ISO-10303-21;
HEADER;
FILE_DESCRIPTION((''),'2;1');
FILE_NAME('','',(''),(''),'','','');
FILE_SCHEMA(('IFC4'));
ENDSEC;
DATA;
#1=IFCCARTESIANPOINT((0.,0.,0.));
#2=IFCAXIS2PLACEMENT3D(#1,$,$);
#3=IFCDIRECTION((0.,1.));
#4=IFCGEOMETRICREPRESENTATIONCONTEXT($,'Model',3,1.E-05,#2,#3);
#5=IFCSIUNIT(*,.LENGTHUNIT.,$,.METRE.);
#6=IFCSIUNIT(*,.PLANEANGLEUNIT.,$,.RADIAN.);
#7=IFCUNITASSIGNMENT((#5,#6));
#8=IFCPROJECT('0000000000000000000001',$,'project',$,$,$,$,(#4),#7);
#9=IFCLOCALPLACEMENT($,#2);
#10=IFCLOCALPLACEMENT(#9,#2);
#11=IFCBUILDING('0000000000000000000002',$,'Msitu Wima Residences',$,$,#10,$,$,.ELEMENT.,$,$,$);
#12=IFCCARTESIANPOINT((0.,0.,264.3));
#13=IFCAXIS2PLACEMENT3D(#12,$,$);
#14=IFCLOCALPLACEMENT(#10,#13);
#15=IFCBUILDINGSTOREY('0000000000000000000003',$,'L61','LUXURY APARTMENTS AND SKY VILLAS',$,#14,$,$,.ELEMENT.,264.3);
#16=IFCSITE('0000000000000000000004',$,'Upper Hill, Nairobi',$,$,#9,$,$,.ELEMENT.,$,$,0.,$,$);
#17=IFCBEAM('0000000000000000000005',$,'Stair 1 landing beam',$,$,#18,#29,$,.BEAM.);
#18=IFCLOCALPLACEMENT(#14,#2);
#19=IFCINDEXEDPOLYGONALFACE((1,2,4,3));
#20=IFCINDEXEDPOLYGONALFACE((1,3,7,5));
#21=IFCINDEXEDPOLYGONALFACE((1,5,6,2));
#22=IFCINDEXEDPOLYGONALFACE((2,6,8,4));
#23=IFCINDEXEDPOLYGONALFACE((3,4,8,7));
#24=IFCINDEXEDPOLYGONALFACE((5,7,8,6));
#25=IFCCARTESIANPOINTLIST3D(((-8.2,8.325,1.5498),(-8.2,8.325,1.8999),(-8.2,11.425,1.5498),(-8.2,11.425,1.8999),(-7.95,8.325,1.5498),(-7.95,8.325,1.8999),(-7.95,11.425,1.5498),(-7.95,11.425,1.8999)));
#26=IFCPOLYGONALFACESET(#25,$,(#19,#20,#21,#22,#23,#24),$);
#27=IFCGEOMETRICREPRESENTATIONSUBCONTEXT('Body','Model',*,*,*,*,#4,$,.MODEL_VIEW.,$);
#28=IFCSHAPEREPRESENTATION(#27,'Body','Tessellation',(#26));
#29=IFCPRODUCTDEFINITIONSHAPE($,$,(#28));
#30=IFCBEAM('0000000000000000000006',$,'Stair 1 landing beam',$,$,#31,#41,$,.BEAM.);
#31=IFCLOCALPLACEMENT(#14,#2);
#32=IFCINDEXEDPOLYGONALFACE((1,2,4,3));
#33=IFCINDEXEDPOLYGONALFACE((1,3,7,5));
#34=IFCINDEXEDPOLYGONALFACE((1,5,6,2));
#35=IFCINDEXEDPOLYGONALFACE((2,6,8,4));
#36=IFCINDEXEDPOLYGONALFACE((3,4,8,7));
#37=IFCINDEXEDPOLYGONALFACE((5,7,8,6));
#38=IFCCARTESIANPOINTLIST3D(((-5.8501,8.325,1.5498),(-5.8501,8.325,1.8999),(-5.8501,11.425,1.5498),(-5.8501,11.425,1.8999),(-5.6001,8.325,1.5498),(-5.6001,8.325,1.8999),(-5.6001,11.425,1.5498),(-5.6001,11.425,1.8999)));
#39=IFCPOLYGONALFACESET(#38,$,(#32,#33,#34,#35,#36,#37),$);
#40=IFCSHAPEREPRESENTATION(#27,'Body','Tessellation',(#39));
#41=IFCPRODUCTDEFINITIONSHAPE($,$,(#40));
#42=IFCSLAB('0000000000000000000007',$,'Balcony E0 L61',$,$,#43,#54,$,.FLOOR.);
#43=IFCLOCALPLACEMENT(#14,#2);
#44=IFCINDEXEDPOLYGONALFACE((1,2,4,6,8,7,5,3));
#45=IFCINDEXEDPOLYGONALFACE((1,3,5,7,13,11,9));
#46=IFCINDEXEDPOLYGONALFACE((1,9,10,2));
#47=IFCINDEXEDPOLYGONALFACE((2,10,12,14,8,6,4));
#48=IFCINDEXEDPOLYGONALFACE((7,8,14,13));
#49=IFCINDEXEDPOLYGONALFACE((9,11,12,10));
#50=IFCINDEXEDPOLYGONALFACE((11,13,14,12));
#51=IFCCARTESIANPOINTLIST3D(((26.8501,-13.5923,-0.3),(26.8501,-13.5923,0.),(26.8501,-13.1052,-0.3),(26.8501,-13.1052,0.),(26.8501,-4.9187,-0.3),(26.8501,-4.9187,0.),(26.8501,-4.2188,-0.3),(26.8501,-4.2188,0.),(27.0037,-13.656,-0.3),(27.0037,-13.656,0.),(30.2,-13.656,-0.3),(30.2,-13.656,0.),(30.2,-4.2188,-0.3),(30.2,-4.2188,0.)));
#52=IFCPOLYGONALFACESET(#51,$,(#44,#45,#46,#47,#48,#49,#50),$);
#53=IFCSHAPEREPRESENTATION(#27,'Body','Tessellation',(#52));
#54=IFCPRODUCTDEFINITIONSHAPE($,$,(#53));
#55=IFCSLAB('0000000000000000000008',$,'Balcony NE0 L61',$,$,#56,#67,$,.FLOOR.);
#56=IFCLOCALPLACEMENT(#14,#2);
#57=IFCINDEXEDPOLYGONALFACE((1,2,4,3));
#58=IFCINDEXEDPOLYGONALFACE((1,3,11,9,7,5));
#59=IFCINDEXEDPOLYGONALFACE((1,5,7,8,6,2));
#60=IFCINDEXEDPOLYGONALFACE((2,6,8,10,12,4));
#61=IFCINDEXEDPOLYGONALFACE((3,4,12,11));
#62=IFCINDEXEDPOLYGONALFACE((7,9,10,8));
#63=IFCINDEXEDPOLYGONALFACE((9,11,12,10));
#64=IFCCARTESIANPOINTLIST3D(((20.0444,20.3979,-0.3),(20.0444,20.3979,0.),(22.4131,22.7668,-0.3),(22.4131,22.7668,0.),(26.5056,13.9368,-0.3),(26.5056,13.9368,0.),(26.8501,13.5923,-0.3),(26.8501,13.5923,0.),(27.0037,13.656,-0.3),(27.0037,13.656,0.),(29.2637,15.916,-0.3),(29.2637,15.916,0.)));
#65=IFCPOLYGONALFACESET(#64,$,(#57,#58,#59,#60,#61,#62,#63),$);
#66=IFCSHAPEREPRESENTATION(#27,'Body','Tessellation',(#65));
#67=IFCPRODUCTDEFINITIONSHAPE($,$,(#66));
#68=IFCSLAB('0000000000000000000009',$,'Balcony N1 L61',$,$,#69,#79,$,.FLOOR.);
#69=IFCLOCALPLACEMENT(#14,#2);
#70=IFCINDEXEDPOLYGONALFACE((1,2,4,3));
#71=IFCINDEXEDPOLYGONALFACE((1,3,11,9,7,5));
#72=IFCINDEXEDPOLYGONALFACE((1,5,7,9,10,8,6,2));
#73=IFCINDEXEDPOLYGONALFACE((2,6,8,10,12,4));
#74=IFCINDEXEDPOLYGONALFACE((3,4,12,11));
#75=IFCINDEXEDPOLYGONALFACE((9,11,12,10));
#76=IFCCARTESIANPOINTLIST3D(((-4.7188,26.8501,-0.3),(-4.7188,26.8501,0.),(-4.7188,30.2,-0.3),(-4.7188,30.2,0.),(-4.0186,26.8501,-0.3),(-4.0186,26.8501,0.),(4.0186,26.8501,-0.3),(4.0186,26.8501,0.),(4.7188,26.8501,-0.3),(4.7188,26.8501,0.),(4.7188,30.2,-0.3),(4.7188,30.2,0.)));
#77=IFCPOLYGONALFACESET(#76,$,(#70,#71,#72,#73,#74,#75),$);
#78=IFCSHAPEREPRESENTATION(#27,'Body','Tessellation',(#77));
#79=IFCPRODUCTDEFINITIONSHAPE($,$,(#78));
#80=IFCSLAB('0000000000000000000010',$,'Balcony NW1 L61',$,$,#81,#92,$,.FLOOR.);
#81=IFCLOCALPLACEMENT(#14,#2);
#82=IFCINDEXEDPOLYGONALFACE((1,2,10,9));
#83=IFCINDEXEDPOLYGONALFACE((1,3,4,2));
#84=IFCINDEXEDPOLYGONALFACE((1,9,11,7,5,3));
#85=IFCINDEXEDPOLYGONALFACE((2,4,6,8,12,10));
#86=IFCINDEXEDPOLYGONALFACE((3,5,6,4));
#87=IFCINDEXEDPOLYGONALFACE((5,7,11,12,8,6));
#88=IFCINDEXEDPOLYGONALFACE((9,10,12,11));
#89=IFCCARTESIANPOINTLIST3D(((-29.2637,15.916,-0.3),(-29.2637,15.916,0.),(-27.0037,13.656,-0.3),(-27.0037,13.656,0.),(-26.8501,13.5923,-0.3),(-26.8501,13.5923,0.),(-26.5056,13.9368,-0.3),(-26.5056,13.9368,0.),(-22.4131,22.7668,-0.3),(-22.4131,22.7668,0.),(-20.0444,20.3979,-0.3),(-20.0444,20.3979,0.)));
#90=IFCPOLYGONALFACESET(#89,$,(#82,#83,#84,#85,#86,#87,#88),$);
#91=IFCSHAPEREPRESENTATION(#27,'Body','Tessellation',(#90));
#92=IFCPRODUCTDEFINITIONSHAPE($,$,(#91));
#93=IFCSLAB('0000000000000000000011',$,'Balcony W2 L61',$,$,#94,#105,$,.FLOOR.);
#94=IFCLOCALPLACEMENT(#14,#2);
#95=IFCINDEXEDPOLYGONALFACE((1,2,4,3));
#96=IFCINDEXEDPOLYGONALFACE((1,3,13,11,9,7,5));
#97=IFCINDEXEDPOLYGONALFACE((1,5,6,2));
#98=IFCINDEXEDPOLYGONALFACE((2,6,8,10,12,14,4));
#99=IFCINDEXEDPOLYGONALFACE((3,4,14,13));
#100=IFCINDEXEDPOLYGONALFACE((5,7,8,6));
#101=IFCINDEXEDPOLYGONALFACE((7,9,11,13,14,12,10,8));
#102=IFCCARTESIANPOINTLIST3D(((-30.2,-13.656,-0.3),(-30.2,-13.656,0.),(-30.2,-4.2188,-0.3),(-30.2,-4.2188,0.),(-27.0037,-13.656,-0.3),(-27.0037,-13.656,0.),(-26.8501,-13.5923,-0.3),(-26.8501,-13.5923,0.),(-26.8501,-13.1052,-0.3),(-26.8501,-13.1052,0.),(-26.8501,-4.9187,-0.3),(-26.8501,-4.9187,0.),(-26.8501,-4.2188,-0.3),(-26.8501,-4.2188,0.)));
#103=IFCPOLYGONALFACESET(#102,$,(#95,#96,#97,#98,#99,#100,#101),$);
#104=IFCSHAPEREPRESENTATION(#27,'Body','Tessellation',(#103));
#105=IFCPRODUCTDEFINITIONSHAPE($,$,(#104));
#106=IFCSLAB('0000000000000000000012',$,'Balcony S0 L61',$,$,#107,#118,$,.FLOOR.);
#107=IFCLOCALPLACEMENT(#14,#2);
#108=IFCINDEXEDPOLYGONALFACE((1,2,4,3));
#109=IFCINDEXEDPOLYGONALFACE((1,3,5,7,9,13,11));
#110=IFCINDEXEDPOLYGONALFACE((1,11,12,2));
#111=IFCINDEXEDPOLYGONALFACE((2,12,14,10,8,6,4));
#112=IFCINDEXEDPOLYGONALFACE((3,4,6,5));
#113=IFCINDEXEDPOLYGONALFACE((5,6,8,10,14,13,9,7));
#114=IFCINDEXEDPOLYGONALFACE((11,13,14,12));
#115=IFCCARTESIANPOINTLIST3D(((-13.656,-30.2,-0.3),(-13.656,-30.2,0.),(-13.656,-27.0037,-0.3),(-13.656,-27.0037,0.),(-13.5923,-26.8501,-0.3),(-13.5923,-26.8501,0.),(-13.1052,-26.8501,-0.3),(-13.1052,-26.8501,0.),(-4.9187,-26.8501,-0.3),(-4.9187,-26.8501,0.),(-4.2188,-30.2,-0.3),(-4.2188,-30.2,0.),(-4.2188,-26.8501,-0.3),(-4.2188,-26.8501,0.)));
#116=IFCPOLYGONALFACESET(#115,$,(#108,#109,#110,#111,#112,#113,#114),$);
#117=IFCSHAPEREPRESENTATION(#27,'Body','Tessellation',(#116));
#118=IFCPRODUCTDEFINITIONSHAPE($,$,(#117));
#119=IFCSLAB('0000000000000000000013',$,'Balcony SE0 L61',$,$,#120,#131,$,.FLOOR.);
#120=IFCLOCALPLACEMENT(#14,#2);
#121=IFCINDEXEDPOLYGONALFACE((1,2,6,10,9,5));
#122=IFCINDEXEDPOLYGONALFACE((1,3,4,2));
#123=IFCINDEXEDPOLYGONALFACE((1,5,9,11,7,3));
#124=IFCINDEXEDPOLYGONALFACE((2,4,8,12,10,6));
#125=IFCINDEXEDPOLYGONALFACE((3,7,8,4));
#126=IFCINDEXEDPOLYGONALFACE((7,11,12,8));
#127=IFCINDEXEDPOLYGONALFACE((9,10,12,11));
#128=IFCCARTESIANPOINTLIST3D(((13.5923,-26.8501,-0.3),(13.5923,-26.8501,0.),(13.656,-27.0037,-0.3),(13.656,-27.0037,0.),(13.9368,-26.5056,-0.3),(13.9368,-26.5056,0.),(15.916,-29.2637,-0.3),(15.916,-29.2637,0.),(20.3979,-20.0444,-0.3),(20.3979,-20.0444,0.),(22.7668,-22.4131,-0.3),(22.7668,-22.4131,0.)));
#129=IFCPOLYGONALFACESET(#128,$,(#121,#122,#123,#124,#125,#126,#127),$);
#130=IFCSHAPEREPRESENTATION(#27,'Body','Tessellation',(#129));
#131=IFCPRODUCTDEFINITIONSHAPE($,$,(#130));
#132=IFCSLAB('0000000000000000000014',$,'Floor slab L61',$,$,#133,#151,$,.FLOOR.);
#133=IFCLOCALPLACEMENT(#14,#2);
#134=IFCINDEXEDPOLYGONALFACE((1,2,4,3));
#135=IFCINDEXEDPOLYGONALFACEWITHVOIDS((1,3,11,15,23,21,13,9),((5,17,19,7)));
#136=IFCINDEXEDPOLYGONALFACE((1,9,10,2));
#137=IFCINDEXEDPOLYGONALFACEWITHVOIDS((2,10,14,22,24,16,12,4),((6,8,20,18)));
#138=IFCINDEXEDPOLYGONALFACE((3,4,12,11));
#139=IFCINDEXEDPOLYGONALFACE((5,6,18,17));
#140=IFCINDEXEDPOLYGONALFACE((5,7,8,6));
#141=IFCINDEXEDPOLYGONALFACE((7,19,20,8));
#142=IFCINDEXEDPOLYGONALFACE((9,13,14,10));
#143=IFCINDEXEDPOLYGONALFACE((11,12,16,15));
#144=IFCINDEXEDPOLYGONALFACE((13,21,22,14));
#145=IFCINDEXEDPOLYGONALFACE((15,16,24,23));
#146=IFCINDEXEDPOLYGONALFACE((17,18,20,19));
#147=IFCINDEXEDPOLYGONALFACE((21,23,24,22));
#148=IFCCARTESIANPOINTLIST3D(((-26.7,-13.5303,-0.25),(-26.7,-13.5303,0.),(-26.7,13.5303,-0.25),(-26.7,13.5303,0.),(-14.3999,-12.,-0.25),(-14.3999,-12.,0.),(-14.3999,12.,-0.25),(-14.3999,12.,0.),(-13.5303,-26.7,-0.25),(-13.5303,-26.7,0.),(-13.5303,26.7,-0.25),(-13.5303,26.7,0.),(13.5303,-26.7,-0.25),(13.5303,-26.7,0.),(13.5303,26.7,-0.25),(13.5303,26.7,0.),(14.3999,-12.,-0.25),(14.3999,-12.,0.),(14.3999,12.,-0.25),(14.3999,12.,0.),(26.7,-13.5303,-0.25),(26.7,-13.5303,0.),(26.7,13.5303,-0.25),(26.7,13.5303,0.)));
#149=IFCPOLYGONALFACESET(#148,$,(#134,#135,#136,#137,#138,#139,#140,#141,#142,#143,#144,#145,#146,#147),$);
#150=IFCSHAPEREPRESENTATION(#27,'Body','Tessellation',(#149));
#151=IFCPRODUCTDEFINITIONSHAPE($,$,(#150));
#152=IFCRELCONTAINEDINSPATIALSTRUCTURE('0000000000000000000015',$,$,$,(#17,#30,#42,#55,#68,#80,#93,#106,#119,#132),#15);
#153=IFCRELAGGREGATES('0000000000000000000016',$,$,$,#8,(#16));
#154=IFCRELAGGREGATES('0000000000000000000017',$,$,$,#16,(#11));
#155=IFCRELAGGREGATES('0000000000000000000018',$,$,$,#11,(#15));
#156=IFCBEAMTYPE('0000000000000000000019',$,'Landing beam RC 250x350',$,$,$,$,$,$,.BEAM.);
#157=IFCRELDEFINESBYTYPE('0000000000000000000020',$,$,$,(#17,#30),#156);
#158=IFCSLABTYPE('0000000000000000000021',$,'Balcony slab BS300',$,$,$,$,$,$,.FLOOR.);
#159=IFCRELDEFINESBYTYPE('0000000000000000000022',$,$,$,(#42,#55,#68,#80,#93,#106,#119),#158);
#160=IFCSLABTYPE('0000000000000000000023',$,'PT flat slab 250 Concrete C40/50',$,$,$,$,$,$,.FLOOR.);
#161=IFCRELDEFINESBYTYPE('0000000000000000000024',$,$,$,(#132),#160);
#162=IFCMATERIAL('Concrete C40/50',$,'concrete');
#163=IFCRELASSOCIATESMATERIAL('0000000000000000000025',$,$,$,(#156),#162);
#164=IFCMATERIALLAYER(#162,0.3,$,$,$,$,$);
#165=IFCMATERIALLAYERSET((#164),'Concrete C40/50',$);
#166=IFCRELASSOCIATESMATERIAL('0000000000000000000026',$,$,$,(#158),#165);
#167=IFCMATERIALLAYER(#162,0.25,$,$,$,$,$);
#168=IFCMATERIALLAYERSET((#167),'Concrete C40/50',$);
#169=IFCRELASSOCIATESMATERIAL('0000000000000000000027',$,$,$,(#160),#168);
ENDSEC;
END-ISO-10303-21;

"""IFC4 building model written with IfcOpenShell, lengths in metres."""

from ifc_helpers import new_model, si_unit, direction, frame, origin, origin_2d, place, context, subcontext, project, spatial, polyline, rectangle, outline, extrude, material, layer, layer_set, material_profile, profile_set, type_object, element, save


model = new_model("IFC4")

# Units and contexts
model_context = context("Model", 3, precision=1e-05, world=origin(), true_north=direction((0.0, 1.0)))
body_context = subcontext(model_context, "Body", "Model", "MODEL_VIEW")
ifc_project = project(units=[si_unit("LENGTHUNIT", "METRE"), si_unit("PLANEANGLEUNIT", "RADIAN")], contexts=[model_context])

# Site, building, storey
site_placement = place(None, origin())
site = spatial("IfcSite", under=ifc_project, at=site_placement, Name="Upper Hill, Nairobi", CompositionType="ELEMENT", RefElevation=0.0)
building_placement = place(site_placement, origin())
building = spatial("IfcBuilding", under=site, at=building_placement, Name="Msitu Wima Residences", CompositionType="ELEMENT")
storey_placement = place(building_placement, frame((0.0, 0.0, 264.3)))
storey = spatial("IfcBuildingStorey", under=building, at=storey_placement, Name="L61", Description="LUXURY APARTMENTS AND SKY VILLAS", CompositionType="ELEMENT", Elevation=264.3)

# Beams
ifc_material_1 = material(Name="Concrete C40/50", Category="concrete")
ifc_material_profile = material_profile(ifc_material_1, rectangle(XDim=0.25, YDim=0.3501, at=origin_2d()), Name="RC 250x350")
ifc_profile_set = profile_set([ifc_material_profile], Name="Concrete C40/50")
beam_type = type_object("IfcBeamType", Name="Landing beam RC 250x350", PredefinedType="BEAM", material=ifc_profile_set)
for number, where, z_axis, x_axis, name in (
    (1, (-8.075, 8.325, 1.7249), (0.0, 1.0, 0.0), (-1.0, 0.0, 0.0), "Stair 1 landing beam"),
    (2, (-5.7251, 8.325, 1.7249), (0.0, 1.0, 0.0), (-1.0, 0.0, 0.0), "Stair 1 landing beam"),
):
    element("IfcBeam", number, at=place(storey_placement, frame(where, z_axis=z_axis, x_axis=x_axis)), inside=storey, type_object=beam_type, Name=name, PredefinedType="BEAM", context=body_context, shape_type="SweptSolid", body=[
        extrude(rectangle(XDim=0.25, YDim=0.3501, at=origin_2d()), origin(), (0.0, 0.0, 1.0), 3.1001),
    ])

# Slabs
ifc_layer_1 = layer(ifc_material_1, 0.3)
ifc_layer_set_1 = layer_set([ifc_layer_1], Name="Concrete C40/50")
slab_type_1 = type_object("IfcSlabType", Name="Balcony slab BS300", PredefinedType="FLOOR", material=ifc_layer_set_1)
slab_1_placement = place(storey_placement, frame((0.0, 0.0, -0.3)))
element("IfcSlab", 3, at=slab_1_placement, inside=storey, type_object=slab_type_1, Name="Balcony E0 L61", PredefinedType="FLOOR", context=body_context, shape_type="SweptSolid", body=[
    extrude(outline(polyline([(26.8501, -13.1052), (26.8501, -13.1052), (26.8501, -4.9187), (26.8501, -4.2188), (30.2, -4.2188), (30.2, -13.656), (27.0037, -13.656), (26.8501, -13.5923), (26.8501, -13.1052), (26.8501, -13.1052)])), origin(), (0.0, 0.0, 1.0), 0.3),
])
slab_2_placement = place(storey_placement, frame((0.0, 0.0, -0.3)))
element("IfcSlab", 4, at=slab_2_placement, inside=storey, type_object=slab_type_1, Name="Balcony NE0 L61", PredefinedType="FLOOR", context=body_context, shape_type="SweptSolid", body=[
    extrude(outline(polyline([(26.5056, 13.9368), (26.5056, 13.9368), (20.0444, 20.3979), (22.4131, 22.7668), (29.2637, 15.916), (27.0037, 13.656), (26.8501, 13.5923), (26.5056, 13.9368), (26.5056, 13.9368)])), origin(), (0.0, 0.0, 1.0), 0.3),
])
slab_3_placement = place(storey_placement, frame((0.0, 0.0, -0.3)))
element("IfcSlab", 5, at=slab_3_placement, inside=storey, type_object=slab_type_1, Name="Balcony N1 L61", PredefinedType="FLOOR", context=body_context, shape_type="SweptSolid", body=[
    extrude(outline(polyline([(4.0186, 26.8501), (-4.0186, 26.8501), (-4.7188, 26.8501), (-4.7188, 30.2), (4.7188, 30.2), (4.7188, 26.8501), (4.0186, 26.8501)])), origin(), (0.0, 0.0, 1.0), 0.3),
])
slab_4_placement = place(storey_placement, frame((0.0, 0.0, -0.3)))
element("IfcSlab", 6, at=slab_4_placement, inside=storey, type_object=slab_type_1, Name="Balcony NW1 L61", PredefinedType="FLOOR", context=body_context, shape_type="SweptSolid", body=[
    extrude(outline(polyline([(-26.5056, 13.9368), (-26.5056, 13.9368), (-26.8501, 13.5923), (-27.0037, 13.656), (-29.2637, 15.916), (-22.4131, 22.7668), (-20.0444, 20.3979), (-26.5056, 13.9368), (-26.5056, 13.9368)])), origin(), (0.0, 0.0, 1.0), 0.3),
])
slab_5_placement = place(storey_placement, frame((0.0, 0.0, -0.3)))
element("IfcSlab", 7, at=slab_5_placement, inside=storey, type_object=slab_type_1, Name="Balcony W2 L61", PredefinedType="FLOOR", context=body_context, shape_type="SweptSolid", body=[
    extrude(outline(polyline([(-26.8501, -13.1052), (-26.8501, -13.1052), (-26.8501, -13.1052), (-26.8501, -13.5923), (-27.0037, -13.656), (-30.2, -13.656), (-30.2, -4.2188), (-26.8501, -4.2188), (-26.8501, -4.9187), (-26.8501, -13.1052)])), origin(), (0.0, 0.0, 1.0), 0.3),
])
slab_6_placement = place(storey_placement, frame((0.0, 0.0, -0.3)))
element("IfcSlab", 8, at=slab_6_placement, inside=storey, type_object=slab_type_1, Name="Balcony S0 L61", PredefinedType="FLOOR", context=body_context, shape_type="SweptSolid", body=[
    extrude(outline(polyline([(-13.1052, -26.8501), (-13.1052, -26.8501), (-4.9187, -26.8501), (-4.2188, -26.8501), (-4.2188, -30.2), (-13.656, -30.2), (-13.656, -27.0037), (-13.5923, -26.8501), (-13.1052, -26.8501), (-13.1052, -26.8501)])), origin(), (0.0, 0.0, 1.0), 0.3),
])
slab_7_placement = place(storey_placement, frame((0.0, 0.0, -0.3)))
element("IfcSlab", 9, at=slab_7_placement, inside=storey, type_object=slab_type_1, Name="Balcony SE0 L61", PredefinedType="FLOOR", context=body_context, shape_type="SweptSolid", body=[
    extrude(outline(polyline([(13.9368, -26.5056), (13.9368, -26.5056), (20.3979, -20.0444), (22.7668, -22.4131), (15.916, -29.2637), (13.656, -27.0037), (13.5923, -26.8501), (13.9368, -26.5056), (13.9368, -26.5056)])), origin(), (0.0, 0.0, 1.0), 0.3),
])
ifc_layer_2 = layer(ifc_material_1, 0.25)
ifc_layer_set_2 = layer_set([ifc_layer_2], Name="Concrete C40/50")
slab_type_2 = type_object("IfcSlabType", Name="PT flat slab 250 Concrete C40/50", PredefinedType="FLOOR", material=ifc_layer_set_2)
slab_8_placement = place(storey_placement, frame((0.0, 0.0, -0.25)))
element("IfcSlab", 10, at=slab_8_placement, inside=storey, type_object=slab_type_2, Name="Floor slab L61", PredefinedType="FLOOR", context=body_context, shape_type="SweptSolid", body=[
    extrude(outline(polyline([(26.7, -13.5303), (13.5303, -26.7), (-13.5303, -26.7), (-26.7, -13.5303), (-26.7, 13.5303), (-13.5303, 26.7), (13.5303, 26.7), (26.7, 13.5303), (26.7, -13.5303)]), holes=[polyline([(-14.3999, -12.0), (14.3999, -12.0), (14.3999, 12.0), (-14.3999, 12.0), (-14.3999, -12.0)])]), origin(), (0.0, 0.0, 1.0), 0.25),
])

save(model, "model.ifc")
